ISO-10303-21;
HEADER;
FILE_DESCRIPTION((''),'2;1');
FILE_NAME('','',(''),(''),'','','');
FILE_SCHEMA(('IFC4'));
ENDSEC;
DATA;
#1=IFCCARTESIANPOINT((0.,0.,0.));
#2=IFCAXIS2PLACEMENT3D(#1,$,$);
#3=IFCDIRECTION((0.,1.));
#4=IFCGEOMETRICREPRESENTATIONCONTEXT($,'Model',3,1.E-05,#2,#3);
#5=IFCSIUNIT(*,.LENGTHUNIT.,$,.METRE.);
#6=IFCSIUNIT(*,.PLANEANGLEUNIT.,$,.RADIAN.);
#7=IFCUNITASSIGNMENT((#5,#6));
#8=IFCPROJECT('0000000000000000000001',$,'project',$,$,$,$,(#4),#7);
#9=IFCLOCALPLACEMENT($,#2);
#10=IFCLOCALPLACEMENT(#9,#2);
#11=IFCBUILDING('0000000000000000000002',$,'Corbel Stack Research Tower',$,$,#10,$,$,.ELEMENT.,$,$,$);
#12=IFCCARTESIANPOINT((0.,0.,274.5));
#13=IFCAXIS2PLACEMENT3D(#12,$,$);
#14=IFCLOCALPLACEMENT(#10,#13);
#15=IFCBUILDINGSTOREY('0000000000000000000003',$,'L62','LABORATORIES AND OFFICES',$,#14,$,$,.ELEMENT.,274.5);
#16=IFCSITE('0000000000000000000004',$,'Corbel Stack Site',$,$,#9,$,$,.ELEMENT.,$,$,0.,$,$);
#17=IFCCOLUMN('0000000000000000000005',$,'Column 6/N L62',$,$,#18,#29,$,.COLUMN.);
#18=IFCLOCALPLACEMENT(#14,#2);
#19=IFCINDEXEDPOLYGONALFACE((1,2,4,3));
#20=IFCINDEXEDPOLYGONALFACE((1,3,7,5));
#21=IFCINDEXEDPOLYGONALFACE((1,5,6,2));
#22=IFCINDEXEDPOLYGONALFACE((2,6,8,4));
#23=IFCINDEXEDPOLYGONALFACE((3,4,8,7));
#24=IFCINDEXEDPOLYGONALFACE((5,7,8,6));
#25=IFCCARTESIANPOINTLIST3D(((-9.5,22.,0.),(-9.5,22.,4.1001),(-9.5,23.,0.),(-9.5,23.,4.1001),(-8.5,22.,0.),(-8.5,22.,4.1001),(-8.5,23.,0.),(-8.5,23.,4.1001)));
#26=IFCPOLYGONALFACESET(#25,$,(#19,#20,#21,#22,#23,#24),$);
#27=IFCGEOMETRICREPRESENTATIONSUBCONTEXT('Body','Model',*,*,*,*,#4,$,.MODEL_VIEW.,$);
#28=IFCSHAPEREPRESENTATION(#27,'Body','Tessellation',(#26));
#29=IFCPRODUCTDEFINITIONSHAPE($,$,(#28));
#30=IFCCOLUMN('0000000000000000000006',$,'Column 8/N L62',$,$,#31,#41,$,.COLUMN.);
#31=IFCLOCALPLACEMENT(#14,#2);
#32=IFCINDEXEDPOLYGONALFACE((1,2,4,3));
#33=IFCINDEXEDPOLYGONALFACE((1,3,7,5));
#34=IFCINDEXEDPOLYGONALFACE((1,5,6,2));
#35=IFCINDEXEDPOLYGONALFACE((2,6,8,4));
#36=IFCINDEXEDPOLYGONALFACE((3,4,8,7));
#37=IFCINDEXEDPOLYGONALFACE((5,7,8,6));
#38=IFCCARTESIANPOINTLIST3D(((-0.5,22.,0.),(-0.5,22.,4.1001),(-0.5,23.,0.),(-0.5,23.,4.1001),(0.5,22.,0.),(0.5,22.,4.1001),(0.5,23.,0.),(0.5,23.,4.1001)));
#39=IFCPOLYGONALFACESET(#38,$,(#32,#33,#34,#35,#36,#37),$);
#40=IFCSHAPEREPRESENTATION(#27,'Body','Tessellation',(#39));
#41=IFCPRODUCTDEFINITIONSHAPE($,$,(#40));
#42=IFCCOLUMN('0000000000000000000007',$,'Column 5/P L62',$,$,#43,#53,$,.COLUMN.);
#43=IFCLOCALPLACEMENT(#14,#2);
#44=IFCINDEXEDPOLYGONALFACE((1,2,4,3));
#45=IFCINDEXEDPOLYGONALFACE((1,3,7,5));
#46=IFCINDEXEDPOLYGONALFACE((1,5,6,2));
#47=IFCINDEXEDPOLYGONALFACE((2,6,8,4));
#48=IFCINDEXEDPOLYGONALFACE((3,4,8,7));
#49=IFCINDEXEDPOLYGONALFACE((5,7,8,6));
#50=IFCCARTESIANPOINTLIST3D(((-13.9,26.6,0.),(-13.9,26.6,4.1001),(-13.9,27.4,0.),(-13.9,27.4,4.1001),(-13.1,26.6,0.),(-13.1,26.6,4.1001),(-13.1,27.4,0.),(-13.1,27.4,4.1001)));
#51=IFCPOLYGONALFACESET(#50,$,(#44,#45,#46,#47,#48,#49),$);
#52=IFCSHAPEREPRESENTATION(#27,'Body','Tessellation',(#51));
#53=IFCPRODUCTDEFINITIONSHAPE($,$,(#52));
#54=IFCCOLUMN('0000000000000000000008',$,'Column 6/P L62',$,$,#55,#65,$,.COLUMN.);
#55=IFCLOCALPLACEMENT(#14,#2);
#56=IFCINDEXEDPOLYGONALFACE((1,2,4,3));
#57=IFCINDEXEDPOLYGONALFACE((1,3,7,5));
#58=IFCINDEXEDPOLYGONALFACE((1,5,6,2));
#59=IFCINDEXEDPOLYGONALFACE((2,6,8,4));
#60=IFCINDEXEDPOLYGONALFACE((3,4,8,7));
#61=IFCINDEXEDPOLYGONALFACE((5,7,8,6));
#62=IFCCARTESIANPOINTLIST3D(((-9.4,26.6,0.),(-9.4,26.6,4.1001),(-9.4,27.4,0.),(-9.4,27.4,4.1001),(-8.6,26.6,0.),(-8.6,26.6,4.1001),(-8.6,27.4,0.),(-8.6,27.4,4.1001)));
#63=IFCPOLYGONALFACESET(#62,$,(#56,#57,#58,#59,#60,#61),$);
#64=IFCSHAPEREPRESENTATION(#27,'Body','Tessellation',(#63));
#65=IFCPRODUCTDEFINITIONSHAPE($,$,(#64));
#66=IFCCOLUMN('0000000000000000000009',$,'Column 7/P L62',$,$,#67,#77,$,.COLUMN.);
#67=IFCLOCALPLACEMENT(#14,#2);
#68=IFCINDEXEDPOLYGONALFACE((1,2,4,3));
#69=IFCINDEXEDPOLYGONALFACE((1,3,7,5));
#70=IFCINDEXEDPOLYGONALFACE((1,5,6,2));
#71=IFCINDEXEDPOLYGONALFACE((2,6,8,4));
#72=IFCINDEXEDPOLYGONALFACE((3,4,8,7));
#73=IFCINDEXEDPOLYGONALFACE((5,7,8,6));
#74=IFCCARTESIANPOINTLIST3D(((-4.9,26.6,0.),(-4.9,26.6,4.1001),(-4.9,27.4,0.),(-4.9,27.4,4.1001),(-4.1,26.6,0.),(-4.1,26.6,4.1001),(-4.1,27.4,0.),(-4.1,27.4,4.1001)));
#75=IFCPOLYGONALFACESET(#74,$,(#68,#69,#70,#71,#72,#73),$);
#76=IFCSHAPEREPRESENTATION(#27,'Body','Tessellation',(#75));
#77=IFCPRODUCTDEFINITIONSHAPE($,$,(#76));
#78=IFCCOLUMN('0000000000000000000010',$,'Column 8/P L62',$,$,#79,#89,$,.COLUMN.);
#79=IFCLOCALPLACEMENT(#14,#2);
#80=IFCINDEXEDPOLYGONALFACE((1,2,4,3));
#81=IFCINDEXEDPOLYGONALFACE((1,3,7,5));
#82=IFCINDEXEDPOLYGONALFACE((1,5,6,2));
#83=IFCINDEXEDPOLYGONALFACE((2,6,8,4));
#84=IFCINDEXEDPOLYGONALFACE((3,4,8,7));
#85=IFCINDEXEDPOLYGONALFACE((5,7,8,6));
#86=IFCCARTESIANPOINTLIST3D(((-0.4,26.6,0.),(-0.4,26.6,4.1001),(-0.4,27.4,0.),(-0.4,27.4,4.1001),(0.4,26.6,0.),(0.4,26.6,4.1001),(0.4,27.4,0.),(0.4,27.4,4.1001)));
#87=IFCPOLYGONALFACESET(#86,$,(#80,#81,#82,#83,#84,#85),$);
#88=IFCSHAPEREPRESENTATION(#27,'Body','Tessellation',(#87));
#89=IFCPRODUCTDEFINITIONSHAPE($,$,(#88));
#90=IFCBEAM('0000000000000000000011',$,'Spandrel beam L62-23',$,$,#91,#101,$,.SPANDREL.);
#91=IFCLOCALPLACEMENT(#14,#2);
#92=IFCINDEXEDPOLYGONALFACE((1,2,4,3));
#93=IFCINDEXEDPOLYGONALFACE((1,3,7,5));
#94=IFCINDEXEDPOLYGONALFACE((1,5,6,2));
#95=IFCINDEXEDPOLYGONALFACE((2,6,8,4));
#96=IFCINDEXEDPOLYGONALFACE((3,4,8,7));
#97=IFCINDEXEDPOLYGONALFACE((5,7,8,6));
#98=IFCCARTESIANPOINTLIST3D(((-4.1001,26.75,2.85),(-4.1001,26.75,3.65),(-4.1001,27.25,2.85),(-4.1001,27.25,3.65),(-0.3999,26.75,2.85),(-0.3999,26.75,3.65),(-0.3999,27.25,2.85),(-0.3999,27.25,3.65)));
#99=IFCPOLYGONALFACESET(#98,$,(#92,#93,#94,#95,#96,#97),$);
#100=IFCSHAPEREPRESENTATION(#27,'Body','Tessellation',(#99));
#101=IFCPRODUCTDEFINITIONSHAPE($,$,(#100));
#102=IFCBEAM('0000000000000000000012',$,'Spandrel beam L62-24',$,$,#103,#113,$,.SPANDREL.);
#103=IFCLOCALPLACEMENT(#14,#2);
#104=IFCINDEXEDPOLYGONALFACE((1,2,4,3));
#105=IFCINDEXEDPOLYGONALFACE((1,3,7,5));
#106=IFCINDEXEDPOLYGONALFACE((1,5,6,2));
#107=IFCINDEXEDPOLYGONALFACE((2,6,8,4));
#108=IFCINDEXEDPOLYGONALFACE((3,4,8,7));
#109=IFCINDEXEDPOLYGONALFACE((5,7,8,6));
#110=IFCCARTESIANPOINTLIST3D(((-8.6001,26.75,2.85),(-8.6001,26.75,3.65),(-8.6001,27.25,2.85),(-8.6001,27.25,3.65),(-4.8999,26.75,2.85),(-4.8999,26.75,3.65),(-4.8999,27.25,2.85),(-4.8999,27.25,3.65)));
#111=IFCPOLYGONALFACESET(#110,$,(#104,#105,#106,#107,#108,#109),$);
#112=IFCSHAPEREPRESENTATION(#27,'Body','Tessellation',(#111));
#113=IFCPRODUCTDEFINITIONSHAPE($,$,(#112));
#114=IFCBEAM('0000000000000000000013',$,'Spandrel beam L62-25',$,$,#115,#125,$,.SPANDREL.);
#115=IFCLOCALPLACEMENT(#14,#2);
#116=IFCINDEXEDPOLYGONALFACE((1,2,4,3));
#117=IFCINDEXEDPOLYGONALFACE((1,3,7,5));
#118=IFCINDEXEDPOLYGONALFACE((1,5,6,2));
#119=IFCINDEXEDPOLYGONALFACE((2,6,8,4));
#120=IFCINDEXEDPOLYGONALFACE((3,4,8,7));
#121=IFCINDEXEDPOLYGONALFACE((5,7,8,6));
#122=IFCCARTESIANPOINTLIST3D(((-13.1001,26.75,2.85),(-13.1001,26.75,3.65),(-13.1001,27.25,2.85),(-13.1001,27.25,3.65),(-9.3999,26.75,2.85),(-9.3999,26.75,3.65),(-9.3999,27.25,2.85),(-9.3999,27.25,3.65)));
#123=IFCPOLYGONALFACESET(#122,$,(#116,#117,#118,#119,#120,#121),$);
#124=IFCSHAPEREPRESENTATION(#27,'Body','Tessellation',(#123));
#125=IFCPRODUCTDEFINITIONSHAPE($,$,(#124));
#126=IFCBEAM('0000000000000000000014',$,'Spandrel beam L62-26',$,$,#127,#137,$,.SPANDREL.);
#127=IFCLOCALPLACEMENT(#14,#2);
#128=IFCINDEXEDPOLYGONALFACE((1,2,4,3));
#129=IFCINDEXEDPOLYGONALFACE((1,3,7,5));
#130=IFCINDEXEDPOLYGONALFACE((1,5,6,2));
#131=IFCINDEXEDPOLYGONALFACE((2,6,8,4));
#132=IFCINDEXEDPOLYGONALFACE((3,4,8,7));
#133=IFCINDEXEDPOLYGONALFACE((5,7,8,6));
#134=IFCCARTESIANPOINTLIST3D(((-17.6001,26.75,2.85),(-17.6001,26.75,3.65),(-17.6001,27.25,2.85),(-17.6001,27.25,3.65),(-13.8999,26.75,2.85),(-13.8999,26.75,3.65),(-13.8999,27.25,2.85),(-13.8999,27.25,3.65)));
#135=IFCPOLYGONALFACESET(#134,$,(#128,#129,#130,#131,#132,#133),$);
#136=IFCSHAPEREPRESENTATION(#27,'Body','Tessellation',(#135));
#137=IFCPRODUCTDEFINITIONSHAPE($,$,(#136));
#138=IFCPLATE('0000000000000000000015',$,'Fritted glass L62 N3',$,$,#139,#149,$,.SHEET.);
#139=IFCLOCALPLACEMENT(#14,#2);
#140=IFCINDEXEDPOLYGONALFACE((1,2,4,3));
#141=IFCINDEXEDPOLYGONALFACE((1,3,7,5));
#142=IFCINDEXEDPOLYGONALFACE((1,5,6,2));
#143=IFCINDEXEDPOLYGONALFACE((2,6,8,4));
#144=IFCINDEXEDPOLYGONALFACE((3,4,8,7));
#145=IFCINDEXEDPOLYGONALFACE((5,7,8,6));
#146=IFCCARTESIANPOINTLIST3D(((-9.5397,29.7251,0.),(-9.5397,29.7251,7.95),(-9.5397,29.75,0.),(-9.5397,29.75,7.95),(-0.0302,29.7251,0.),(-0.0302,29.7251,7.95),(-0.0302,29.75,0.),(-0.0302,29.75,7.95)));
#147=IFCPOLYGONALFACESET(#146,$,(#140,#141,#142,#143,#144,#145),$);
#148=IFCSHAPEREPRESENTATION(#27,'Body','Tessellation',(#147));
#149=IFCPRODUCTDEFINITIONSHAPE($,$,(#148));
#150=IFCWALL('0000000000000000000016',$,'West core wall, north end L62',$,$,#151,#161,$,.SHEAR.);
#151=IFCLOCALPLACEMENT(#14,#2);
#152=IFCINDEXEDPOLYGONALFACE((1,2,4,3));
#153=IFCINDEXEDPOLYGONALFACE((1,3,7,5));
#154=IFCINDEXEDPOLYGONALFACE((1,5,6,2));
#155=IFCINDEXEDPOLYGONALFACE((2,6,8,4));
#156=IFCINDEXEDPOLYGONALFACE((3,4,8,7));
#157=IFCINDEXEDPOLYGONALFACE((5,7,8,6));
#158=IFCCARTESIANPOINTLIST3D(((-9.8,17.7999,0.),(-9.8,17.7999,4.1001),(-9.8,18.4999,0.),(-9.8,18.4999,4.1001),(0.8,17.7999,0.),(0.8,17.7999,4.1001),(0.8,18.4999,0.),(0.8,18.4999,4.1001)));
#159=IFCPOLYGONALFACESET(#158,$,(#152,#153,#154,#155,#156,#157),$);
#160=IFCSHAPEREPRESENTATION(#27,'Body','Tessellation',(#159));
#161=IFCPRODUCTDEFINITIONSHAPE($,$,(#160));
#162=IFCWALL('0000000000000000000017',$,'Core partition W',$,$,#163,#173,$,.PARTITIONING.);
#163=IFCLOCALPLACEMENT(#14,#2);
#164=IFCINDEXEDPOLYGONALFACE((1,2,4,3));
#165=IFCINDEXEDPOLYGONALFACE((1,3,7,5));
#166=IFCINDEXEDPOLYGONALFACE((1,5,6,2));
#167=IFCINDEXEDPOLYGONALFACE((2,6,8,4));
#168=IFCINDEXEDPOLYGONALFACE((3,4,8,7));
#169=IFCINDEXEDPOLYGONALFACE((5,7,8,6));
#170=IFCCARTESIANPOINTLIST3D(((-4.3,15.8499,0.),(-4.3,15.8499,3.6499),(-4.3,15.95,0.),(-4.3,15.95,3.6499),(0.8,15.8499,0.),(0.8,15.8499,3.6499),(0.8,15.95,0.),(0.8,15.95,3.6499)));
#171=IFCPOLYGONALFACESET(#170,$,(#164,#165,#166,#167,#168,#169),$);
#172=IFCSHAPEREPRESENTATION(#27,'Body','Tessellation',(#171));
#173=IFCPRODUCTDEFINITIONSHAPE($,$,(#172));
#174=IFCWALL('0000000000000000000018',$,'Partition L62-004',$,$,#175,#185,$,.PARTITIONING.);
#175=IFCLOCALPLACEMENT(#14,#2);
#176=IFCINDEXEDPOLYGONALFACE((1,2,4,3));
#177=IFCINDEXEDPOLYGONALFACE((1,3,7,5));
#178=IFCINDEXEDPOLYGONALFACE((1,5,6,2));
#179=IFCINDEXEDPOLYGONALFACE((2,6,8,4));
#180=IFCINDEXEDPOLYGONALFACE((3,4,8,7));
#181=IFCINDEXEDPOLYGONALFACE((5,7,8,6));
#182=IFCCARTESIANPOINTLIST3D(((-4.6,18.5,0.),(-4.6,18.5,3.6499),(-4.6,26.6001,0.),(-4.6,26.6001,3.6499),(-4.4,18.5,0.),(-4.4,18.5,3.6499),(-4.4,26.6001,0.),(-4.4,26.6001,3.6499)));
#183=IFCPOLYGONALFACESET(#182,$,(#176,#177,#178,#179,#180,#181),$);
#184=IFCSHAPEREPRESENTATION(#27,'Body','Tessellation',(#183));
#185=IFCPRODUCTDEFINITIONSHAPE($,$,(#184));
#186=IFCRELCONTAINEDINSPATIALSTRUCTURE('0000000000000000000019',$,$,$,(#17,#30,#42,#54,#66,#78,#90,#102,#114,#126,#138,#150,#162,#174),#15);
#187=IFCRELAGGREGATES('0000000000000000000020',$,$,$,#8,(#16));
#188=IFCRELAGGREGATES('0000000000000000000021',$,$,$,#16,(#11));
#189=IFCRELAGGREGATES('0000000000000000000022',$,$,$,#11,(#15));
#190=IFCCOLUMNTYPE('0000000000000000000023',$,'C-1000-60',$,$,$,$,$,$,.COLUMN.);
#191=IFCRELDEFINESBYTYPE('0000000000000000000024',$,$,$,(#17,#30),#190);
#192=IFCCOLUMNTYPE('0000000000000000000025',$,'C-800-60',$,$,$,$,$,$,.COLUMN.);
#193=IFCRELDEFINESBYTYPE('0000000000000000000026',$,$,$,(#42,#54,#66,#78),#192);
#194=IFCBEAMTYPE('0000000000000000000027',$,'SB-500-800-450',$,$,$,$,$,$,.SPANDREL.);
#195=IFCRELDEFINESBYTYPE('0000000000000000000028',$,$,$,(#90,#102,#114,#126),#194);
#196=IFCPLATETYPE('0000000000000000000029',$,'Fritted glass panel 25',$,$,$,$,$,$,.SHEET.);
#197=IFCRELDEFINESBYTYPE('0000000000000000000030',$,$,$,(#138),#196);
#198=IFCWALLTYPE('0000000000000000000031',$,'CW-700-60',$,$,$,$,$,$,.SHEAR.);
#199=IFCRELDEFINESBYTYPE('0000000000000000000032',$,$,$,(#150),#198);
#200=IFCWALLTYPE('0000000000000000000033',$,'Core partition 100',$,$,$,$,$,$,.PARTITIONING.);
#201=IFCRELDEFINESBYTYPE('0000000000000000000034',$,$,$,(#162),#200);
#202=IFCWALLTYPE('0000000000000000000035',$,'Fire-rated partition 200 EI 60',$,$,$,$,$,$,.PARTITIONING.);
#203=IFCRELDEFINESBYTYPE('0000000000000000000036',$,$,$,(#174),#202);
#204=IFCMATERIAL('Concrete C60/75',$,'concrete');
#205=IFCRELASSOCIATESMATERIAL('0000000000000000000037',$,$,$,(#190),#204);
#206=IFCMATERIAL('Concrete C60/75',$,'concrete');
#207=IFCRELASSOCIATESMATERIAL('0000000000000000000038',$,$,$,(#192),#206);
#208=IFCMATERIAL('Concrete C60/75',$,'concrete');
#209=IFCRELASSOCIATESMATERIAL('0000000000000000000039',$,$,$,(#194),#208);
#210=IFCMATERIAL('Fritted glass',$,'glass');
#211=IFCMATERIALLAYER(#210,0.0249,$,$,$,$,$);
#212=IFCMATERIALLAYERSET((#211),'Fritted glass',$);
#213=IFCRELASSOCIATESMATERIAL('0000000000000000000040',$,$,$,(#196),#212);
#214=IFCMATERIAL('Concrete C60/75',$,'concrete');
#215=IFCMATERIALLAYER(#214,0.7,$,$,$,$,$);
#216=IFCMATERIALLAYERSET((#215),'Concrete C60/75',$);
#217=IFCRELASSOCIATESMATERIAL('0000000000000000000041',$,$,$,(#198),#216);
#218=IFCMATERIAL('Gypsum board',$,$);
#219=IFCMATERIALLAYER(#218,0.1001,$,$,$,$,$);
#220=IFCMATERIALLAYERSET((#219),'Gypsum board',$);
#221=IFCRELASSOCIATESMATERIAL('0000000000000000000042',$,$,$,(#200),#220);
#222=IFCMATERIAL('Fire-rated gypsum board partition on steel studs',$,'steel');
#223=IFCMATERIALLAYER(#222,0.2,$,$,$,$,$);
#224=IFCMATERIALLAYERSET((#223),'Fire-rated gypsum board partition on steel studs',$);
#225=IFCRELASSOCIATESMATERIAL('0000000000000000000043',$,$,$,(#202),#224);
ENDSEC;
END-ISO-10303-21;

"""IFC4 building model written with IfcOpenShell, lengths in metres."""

from ifc_helpers import new_model, si_unit, direction, frame, frame_2d, origin, origin_2d, place, context, subcontext, project, spatial, rectangle, extrude, material, layer, layer_set, material_profile, profile_set, type_object, element, save


model = new_model("IFC4")

# Units and contexts
model_context = context("Model", 3, precision=1e-05, world=origin(), true_north=direction((0.0, 1.0)))
body_context = subcontext(model_context, "Body", "Model", "MODEL_VIEW")
ifc_project = project(units=[si_unit("LENGTHUNIT", "METRE"), si_unit("PLANEANGLEUNIT", "RADIAN")], contexts=[model_context])

# Site, building, storey
site_placement = place(None, origin())
site = spatial("IfcSite", under=ifc_project, at=site_placement, Name="Corbel Stack Site", CompositionType="ELEMENT", RefElevation=0.0)
building_placement = place(site_placement, origin())
building = spatial("IfcBuilding", under=site, at=building_placement, Name="Corbel Stack Research Tower", CompositionType="ELEMENT")
storey_placement = place(building_placement, frame((0.0, 0.0, 274.5)))
storey = spatial("IfcBuildingStorey", under=building, at=storey_placement, Name="L62", Description="LABORATORIES AND OFFICES", CompositionType="ELEMENT", Elevation=274.5)

# Columns
ifc_material_1 = material(Name="Concrete C60/75", Category="concrete")
ifc_material_profile_1 = material_profile(ifc_material_1, rectangle(XDim=1.0, YDim=1.0, at=origin_2d()), Name="RC 1000 x 1000")
ifc_profile_set_1 = profile_set([ifc_material_profile_1], Name="Concrete C60/75")
column_type_1 = type_object("IfcColumnType", Name="C-1000-60", PredefinedType="COLUMN", material=ifc_profile_set_1)
for number, where, z_axis, x_axis, name in (
    (1, (-9.0, 22.5, 0.0), (0.0, 0.0, 1.0), (1.0, 0.0, 0.0), "Column 6/N L62"),
    (2, (0.0, 22.5, 0.0), (0.0, 0.0, 1.0), (1.0, 0.0, 0.0), "Column 8/N L62"),
):
    element("IfcColumn", number, at=place(storey_placement, frame(where, z_axis=z_axis, x_axis=x_axis)), inside=storey, type_object=column_type_1, Name=name, PredefinedType="COLUMN", context=body_context, shape_type="SweptSolid", body=[
        extrude(rectangle(XDim=1.0, YDim=1.0, at=origin_2d()), origin(), (0.0, 0.0, 1.0), 4.1001),
    ])
ifc_material_2 = material(Name="Concrete C60/75", Category="concrete")
ifc_material_profile_2 = material_profile(ifc_material_2, rectangle(XDim=0.8, YDim=0.8, at=origin_2d()), Name="RC 800 x 800")
ifc_profile_set_2 = profile_set([ifc_material_profile_2], Name="Concrete C60/75")
column_type_2 = type_object("IfcColumnType", Name="C-800-60", PredefinedType="COLUMN", material=ifc_profile_set_2)
for number, where, z_axis, x_axis, name in (
    (3, (-13.5, 27.0, 0.0), (0.0, 0.0, 1.0), (1.0, 0.0, 0.0), "Column 5/P L62"),
    (4, (-9.0, 27.0, 0.0), (0.0, 0.0, 1.0), (1.0, 0.0, 0.0), "Column 6/P L62"),
    (5, (-4.5, 27.0, 0.0), (0.0, 0.0, 1.0), (1.0, 0.0, 0.0), "Column 7/P L62"),
    (6, (0.0, 27.0, 0.0), (0.0, 0.0, 1.0), (1.0, 0.0, 0.0), "Column 8/P L62"),
):
    element("IfcColumn", number, at=place(storey_placement, frame(where, z_axis=z_axis, x_axis=x_axis)), inside=storey, type_object=column_type_2, Name=name, PredefinedType="COLUMN", context=body_context, shape_type="SweptSolid", body=[
        extrude(rectangle(XDim=0.8, YDim=0.8, at=origin_2d()), origin(), (0.0, 0.0, 1.0), 4.1001),
    ])

# Beams
ifc_material_3 = material(Name="Concrete C60/75", Category="concrete")
ifc_material_profile_3 = material_profile(ifc_material_3, rectangle(XDim=0.5, YDim=0.8, at=origin_2d()), Name="RC 500 x 800")
ifc_profile_set_3 = profile_set([ifc_material_profile_3], Name="Concrete C60/75")
beam_type = type_object("IfcBeamType", Name="SB-500-800-450", PredefinedType="SPANDREL", material=ifc_profile_set_3)
for number, where, z_axis, x_axis, name in (
    (7, (-0.3999, 27.0, 3.25), (-1.0, 0.0, 0.0), (0.0, -1.0, 0.0), "Spandrel beam L62-23"),
    (8, (-4.8999, 27.0, 3.25), (-1.0, 0.0, 0.0), (0.0, -1.0, 0.0), "Spandrel beam L62-24"),
    (9, (-9.3999, 27.0, 3.25), (-1.0, 0.0, 0.0), (0.0, -1.0, 0.0), "Spandrel beam L62-25"),
    (10, (-13.8999, 27.0, 3.25), (-1.0, 0.0, 0.0), (0.0, -1.0, 0.0), "Spandrel beam L62-26"),
):
    element("IfcBeam", number, at=place(storey_placement, frame(where, z_axis=z_axis, x_axis=x_axis)), inside=storey, type_object=beam_type, Name=name, PredefinedType="SPANDREL", context=body_context, shape_type="SweptSolid", body=[
        extrude(rectangle(XDim=0.5, YDim=0.8, at=origin_2d()), origin(), (0.0, 0.0, 1.0), 3.7002),
    ])

# Plate
ifc_material_4 = material(Name="Fritted glass", Category="glass")
ifc_layer_1 = layer(ifc_material_4, 0.0249)
ifc_layer_set_1 = layer_set([ifc_layer_1], Name="Fritted glass")
plate_type = type_object("IfcPlateType", Name="Fritted glass panel 25", PredefinedType="SHEET", material=ifc_layer_set_1)
plate_placement = place(storey_placement, frame((-4.7849, 29.7375, 0.0), z_axis=(0.0, 0.0, 1.0), x_axis=(-1.0, 0.0, 0.0)))
element("IfcPlate", 11, at=plate_placement, inside=storey, type_object=plate_type, Name="Fritted glass L62 N3", PredefinedType="SHEET", context=body_context, shape_type="SweptSolid", body=[
    extrude(rectangle(XDim=9.5095, YDim=0.0249, at=origin_2d()), origin(), (0.0, 0.0, 1.0), 7.95),
])

# Walls
ifc_material_5 = material(Name="Concrete C60/75", Category="concrete")
ifc_layer_2 = layer(ifc_material_5, 0.7)
ifc_layer_set_2 = layer_set([ifc_layer_2], Name="Concrete C60/75")
wall_type_1 = type_object("IfcWallType", Name="CW-700-60", PredefinedType="SHEAR", material=ifc_layer_set_2)
wall_1_placement = place(storey_placement, frame((-9.8, 18.1499, 0.0), z_axis=(0.0, 0.0, 1.0), x_axis=(1.0, 0.0, 0.0)))
element("IfcWall", 12, at=wall_1_placement, inside=storey, type_object=wall_type_1, Name="West core wall, north end L62", PredefinedType="SHEAR", context=body_context, shape_type="SweptSolid", body=[
    extrude(rectangle(XDim=10.6001, YDim=0.7, at=frame_2d((5.3, 0.0))), origin(), (0.0, 0.0, 1.0), 4.1001),
])
ifc_material_6 = material(Name="Gypsum board")
ifc_layer_3 = layer(ifc_material_6, 0.1001)
ifc_layer_set_3 = layer_set([ifc_layer_3], Name="Gypsum board")
wall_type_2 = type_object("IfcWallType", Name="Core partition 100", PredefinedType="PARTITIONING", material=ifc_layer_set_3)
wall_2_placement = place(storey_placement, frame((-4.3, 15.8999, 0.0), z_axis=(0.0, 0.0, 1.0), x_axis=(1.0, 0.0, 0.0)))
element("IfcWall", 13, at=wall_2_placement, inside=storey, type_object=wall_type_2, Name="Core partition W", PredefinedType="PARTITIONING", context=body_context, shape_type="SweptSolid", body=[
    extrude(rectangle(XDim=5.1001, YDim=0.1001, at=frame_2d((2.55, 0.0))), origin(), (0.0, 0.0, 1.0), 3.6499),
])
ifc_material_7 = material(Name="Fire-rated gypsum board partition on steel studs", Category="steel")
ifc_layer_4 = layer(ifc_material_7, 0.2)
ifc_layer_set_4 = layer_set([ifc_layer_4], Name="Fire-rated gypsum board partition on steel studs")
wall_type_3 = type_object("IfcWallType", Name="Fire-rated partition 200 EI 60", PredefinedType="PARTITIONING", material=ifc_layer_set_4)
wall_3_placement = place(storey_placement, frame((-4.5, 18.5, 0.0), z_axis=(0.0, 0.0, 1.0), x_axis=(0.0, 1.0, 0.0)))
element("IfcWall", 14, at=wall_3_placement, inside=storey, type_object=wall_type_3, Name="Partition L62-004", PredefinedType="PARTITIONING", context=body_context, shape_type="SweptSolid", body=[
    extrude(rectangle(XDim=8.1001, YDim=0.2, at=frame_2d((4.05, 0.0))), origin(), (0.0, 0.0, 1.0), 3.6499),
])

save(model, "model.ifc")
